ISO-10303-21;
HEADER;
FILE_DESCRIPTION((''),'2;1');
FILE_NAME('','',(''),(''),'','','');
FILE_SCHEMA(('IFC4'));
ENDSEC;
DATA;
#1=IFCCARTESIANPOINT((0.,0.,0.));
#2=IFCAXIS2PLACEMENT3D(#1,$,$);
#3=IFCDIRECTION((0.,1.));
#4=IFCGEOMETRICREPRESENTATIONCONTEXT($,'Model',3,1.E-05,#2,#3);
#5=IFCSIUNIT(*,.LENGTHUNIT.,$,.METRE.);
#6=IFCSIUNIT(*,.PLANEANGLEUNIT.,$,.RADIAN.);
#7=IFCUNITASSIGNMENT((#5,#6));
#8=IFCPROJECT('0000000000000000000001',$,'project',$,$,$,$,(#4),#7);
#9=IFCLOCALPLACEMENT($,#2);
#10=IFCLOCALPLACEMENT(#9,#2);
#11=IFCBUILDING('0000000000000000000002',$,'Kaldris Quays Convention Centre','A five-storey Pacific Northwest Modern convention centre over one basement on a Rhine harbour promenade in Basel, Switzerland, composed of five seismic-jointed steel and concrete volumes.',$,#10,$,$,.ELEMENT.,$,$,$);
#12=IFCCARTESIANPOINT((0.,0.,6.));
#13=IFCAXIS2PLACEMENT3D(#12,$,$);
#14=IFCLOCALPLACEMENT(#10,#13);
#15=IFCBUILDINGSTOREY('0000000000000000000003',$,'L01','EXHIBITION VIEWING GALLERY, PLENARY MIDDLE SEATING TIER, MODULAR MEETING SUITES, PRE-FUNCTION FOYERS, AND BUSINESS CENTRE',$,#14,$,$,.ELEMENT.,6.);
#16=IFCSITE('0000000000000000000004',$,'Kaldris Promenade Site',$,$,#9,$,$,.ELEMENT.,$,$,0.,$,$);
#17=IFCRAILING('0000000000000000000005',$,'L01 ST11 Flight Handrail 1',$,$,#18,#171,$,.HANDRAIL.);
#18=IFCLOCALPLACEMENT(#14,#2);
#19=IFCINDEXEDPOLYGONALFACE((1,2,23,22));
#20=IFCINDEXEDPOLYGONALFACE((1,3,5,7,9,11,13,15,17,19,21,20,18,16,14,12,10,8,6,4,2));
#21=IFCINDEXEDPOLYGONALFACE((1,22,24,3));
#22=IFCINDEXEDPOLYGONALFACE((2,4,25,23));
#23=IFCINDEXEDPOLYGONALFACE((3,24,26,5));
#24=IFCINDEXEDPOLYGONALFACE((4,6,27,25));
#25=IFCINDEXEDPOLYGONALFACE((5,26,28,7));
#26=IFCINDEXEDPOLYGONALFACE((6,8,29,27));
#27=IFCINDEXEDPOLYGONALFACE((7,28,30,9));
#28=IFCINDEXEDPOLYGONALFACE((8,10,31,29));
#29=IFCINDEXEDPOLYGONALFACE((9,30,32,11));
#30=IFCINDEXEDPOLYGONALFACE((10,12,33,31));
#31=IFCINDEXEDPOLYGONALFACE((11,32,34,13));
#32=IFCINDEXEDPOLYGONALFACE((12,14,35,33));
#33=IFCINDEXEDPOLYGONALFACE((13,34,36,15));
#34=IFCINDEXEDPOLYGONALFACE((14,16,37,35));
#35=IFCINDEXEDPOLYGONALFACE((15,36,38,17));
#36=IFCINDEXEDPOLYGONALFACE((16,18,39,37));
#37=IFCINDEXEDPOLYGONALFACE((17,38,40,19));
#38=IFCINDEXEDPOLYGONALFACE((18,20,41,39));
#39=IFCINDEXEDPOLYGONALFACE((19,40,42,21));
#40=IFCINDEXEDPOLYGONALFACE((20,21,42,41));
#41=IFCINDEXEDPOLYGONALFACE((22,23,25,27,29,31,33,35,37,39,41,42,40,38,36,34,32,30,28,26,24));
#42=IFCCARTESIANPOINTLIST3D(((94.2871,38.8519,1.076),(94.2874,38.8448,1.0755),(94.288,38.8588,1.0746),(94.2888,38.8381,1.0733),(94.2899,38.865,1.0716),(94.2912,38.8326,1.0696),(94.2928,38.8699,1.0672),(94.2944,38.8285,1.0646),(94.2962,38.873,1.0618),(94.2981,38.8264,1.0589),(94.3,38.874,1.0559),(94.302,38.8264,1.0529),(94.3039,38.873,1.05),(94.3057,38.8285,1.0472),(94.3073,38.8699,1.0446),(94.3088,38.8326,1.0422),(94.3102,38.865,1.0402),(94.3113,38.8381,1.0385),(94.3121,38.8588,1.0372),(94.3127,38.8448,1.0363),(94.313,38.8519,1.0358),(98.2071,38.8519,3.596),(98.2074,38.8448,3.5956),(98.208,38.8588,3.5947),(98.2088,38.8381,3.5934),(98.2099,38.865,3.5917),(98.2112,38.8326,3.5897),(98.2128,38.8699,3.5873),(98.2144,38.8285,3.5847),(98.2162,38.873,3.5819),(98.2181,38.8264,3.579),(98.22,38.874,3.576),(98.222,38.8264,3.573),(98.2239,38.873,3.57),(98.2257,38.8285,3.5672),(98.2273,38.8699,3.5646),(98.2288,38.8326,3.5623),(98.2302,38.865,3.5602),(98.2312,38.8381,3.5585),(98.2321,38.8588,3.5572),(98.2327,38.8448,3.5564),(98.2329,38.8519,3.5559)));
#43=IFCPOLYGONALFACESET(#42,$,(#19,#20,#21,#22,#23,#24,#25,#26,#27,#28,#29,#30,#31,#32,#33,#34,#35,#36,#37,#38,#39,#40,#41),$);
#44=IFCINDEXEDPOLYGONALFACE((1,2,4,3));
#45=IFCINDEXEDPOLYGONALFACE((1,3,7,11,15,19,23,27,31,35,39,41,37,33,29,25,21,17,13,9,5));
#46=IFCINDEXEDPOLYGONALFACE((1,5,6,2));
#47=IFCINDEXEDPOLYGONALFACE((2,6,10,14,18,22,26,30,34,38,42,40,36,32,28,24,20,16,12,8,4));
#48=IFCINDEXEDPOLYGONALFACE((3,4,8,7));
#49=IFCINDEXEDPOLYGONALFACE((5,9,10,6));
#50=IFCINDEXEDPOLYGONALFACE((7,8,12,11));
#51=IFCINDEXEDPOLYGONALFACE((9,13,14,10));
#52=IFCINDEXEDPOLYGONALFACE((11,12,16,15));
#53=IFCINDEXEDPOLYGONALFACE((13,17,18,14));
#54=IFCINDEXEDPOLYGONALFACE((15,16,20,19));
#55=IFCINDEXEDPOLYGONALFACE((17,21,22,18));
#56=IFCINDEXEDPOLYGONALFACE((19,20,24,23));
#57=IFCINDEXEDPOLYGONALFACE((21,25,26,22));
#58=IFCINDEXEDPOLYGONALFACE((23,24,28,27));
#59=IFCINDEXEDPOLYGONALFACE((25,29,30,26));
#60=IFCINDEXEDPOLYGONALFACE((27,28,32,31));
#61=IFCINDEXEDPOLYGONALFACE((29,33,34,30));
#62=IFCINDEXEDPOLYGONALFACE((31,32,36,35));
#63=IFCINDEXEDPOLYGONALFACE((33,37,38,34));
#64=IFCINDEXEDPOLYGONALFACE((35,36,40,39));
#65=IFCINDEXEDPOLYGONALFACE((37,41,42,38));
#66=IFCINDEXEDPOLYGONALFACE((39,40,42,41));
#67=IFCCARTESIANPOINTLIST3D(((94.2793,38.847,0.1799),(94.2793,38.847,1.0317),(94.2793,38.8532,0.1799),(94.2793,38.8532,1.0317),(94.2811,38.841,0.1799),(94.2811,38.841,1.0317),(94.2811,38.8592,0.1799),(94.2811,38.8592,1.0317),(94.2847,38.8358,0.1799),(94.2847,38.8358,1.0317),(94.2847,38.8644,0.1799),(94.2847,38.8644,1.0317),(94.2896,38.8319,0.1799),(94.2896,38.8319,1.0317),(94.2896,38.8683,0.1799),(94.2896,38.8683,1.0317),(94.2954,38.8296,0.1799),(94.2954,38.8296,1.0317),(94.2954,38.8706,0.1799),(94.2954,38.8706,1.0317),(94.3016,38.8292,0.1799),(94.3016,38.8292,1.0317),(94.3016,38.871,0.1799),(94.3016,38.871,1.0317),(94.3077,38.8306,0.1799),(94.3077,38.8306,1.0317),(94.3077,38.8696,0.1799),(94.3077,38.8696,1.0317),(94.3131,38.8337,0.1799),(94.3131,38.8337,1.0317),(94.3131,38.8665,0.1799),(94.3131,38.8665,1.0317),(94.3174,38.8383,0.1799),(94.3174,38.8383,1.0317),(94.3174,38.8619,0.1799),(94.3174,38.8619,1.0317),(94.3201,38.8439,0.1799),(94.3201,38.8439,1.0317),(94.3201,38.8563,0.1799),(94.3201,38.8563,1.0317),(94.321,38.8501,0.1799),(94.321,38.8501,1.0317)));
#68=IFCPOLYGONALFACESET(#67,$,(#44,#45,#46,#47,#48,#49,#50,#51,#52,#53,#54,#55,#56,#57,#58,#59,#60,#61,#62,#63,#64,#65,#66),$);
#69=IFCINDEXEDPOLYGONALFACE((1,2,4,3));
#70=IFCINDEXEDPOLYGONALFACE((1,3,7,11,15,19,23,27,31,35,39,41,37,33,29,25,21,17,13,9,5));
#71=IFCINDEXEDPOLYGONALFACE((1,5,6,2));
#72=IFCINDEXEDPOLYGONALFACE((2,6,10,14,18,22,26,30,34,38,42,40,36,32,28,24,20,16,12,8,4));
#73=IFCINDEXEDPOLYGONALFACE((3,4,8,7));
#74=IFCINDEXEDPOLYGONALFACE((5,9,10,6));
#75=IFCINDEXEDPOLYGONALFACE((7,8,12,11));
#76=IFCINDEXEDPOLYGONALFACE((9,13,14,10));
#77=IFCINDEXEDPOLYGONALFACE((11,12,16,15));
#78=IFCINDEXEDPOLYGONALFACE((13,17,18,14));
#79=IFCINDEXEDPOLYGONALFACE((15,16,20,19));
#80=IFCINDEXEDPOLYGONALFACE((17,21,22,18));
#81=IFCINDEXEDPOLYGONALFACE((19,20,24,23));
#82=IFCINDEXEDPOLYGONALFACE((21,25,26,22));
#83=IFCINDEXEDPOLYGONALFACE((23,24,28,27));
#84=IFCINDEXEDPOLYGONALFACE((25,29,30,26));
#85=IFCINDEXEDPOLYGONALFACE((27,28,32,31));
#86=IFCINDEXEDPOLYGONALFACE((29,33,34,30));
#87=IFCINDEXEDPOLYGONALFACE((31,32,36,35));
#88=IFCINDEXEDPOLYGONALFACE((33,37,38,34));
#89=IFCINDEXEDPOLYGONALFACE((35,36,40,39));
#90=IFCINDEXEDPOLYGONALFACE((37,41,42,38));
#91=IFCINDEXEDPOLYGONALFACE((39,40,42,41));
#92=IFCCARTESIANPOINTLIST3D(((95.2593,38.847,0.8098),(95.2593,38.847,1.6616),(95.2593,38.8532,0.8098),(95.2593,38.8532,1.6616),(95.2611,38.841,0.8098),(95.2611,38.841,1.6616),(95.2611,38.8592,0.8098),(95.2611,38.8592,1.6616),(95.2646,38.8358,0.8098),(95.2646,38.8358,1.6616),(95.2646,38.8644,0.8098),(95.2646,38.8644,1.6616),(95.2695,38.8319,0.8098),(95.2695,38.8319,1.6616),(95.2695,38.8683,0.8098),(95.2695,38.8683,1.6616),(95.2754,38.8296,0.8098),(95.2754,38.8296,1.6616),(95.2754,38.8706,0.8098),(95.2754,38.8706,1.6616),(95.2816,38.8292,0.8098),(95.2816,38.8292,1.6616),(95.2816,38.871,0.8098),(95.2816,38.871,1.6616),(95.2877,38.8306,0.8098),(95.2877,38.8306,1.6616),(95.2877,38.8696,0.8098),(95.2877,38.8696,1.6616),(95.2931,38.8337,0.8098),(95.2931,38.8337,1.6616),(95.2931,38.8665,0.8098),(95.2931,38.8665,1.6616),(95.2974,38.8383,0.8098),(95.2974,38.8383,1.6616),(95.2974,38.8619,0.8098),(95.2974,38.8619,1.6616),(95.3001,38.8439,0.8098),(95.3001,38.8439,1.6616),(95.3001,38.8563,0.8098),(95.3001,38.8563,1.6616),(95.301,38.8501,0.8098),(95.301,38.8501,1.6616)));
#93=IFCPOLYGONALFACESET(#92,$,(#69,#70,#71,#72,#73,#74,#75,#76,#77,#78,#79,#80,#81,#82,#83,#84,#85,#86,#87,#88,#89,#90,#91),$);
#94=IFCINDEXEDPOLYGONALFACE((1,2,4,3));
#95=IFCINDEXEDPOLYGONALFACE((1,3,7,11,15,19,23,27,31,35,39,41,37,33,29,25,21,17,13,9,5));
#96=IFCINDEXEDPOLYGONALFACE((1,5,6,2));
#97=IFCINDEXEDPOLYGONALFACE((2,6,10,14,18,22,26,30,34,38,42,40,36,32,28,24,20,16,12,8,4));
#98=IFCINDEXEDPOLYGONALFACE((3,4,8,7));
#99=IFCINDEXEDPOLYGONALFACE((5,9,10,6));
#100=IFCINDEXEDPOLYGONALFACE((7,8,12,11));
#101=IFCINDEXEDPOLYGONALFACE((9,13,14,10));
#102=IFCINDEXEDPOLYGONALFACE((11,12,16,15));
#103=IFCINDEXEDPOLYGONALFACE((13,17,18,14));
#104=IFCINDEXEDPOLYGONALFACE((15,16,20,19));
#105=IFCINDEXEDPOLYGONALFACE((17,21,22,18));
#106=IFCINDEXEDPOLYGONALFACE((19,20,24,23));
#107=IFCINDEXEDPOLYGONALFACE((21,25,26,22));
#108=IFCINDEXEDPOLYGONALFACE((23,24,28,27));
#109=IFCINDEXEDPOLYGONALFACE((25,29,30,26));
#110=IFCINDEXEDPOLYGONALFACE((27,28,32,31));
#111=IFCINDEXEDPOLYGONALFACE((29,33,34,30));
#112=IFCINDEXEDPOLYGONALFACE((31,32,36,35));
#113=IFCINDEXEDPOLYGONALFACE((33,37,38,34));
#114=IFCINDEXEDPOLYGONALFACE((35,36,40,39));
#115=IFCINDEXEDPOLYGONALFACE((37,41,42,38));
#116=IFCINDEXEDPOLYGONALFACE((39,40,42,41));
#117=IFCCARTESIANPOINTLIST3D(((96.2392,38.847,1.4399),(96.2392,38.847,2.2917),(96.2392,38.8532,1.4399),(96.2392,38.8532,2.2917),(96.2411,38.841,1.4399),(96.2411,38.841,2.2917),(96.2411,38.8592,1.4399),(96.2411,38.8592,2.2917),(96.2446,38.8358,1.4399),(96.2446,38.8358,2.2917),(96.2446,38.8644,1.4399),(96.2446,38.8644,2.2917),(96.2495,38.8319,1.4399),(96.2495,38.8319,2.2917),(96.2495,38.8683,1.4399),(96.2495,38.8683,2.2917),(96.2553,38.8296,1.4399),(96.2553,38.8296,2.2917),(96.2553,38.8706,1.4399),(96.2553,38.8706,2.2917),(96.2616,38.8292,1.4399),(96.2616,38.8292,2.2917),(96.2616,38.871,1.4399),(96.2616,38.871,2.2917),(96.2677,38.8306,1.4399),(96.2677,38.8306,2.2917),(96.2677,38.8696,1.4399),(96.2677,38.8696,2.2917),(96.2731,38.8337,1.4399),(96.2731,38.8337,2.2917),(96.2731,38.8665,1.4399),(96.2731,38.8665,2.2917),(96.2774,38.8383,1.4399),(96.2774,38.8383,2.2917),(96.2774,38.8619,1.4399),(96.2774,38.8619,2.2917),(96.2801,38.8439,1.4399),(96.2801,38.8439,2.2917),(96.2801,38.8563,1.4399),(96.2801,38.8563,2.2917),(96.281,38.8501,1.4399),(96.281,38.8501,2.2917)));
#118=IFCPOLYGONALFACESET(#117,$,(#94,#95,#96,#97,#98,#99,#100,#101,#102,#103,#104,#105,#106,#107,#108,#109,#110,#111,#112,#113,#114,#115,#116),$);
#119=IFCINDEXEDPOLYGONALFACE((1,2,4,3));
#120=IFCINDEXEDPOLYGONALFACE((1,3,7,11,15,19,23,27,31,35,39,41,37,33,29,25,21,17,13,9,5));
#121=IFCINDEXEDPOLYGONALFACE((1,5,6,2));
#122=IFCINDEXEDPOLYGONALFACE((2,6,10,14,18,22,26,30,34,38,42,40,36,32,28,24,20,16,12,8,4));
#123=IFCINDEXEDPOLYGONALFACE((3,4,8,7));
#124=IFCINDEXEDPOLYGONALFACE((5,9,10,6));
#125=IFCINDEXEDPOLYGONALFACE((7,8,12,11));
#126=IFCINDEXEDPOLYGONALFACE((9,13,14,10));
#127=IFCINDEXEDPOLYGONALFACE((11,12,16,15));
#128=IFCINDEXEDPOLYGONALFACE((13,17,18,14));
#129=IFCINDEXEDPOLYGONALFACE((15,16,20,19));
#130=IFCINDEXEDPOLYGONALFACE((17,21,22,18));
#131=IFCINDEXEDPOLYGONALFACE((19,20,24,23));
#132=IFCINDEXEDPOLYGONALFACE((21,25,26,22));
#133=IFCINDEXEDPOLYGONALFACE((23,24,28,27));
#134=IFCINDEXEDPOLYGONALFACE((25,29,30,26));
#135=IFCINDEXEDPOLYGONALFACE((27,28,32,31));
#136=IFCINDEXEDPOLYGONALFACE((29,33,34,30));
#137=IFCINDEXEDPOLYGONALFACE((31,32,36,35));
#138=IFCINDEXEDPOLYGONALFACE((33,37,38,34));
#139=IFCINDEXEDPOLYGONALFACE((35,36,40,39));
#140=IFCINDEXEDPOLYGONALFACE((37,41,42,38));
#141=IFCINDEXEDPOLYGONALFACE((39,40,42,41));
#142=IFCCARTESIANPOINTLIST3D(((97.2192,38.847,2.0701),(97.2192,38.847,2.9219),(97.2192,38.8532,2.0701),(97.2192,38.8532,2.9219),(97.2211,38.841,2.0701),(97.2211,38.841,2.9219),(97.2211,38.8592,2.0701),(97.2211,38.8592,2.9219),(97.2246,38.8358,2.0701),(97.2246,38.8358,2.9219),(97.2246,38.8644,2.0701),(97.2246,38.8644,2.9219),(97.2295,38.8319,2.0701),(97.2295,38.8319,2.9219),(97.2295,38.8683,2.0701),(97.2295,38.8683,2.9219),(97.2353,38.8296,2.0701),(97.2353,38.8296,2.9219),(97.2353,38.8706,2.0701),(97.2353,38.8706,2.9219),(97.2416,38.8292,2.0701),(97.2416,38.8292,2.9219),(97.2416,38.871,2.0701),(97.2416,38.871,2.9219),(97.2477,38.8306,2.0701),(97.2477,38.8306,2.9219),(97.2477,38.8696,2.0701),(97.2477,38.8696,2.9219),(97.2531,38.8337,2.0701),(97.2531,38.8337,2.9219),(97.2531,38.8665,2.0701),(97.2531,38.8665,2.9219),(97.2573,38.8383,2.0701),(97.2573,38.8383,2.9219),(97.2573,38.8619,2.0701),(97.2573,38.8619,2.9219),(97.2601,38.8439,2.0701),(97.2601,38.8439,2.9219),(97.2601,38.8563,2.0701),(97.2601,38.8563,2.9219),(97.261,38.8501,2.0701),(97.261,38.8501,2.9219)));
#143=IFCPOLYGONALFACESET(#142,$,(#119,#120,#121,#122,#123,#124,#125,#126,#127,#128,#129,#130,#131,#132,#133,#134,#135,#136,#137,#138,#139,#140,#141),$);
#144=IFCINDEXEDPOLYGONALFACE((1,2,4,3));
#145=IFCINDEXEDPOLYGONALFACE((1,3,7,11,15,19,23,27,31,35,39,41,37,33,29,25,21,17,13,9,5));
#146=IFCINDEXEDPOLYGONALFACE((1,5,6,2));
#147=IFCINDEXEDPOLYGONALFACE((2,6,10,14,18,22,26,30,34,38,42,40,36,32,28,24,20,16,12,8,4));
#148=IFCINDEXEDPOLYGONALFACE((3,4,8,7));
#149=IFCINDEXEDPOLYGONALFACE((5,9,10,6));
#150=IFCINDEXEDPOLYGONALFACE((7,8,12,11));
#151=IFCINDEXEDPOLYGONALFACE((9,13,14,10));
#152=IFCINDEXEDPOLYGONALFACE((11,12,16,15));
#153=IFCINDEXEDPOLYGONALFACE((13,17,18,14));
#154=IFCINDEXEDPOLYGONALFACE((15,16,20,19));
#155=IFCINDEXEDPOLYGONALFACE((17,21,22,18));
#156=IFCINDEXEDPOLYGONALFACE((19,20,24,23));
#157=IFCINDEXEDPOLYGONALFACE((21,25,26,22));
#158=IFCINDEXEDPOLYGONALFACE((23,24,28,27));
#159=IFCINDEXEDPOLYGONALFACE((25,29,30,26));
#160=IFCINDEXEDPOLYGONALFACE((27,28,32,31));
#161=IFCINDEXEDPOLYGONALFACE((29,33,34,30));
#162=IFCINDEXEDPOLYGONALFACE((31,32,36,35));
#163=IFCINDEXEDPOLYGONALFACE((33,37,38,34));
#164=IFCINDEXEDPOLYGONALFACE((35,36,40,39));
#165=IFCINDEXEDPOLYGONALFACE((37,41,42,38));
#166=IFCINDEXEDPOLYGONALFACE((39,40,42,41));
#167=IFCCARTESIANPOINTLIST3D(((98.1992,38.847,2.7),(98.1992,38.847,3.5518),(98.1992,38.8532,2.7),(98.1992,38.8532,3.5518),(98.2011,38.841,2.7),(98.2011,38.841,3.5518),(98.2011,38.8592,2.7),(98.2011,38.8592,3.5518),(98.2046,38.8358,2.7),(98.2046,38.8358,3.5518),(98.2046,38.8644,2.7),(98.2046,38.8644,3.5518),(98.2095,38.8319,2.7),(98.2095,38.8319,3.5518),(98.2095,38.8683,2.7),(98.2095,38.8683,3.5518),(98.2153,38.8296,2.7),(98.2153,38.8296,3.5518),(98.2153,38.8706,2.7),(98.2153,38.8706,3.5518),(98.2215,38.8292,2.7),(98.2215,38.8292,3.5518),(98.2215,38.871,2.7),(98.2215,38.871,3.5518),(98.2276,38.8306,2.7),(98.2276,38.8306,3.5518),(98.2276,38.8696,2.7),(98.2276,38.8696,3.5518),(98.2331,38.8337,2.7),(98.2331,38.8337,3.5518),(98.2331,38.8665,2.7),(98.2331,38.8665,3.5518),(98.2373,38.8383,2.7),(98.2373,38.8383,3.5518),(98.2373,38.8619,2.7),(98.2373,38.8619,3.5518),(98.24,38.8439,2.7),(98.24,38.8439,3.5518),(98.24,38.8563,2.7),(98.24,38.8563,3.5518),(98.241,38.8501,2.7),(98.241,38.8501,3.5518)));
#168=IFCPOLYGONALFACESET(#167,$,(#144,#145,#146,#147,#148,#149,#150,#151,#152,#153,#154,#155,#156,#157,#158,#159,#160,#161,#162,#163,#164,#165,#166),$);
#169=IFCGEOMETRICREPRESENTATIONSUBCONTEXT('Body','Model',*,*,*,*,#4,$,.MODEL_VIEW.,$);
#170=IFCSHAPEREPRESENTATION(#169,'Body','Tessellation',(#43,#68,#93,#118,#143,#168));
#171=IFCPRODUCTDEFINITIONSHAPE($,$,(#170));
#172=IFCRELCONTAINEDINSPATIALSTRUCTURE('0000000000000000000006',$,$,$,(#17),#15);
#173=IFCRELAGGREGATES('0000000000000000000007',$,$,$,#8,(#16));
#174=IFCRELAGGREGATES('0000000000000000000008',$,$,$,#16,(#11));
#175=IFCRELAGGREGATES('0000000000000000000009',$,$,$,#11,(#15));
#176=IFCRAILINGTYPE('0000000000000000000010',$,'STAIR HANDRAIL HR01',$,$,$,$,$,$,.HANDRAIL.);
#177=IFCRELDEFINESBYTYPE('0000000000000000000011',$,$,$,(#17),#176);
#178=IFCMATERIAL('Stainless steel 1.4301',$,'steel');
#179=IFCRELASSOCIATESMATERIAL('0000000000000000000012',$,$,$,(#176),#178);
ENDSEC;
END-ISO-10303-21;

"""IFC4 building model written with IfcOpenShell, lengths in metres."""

from ifc_helpers import new_model, si_unit, direction, frame, origin, origin_2d, place, context, subcontext, project, spatial, circle, extrude, material, type_object, element, save


model = new_model("IFC4")

# Units and contexts
model_context = context("Model", 3, precision=1e-05, world=origin(), true_north=direction((0.0, 1.0)))
body_context = subcontext(model_context, "Body", "Model", "MODEL_VIEW")
ifc_project = project(units=[si_unit("LENGTHUNIT", "METRE"), si_unit("PLANEANGLEUNIT", "RADIAN")], contexts=[model_context])

# Site, building, storey
site_placement = place(None, origin())
site = spatial("IfcSite", under=ifc_project, at=site_placement, Name="Kaldris Promenade Site", CompositionType="ELEMENT", RefElevation=0.0)
building_placement = place(site_placement, origin())
building = spatial("IfcBuilding", under=site, at=building_placement, Name="Kaldris Quays Convention Centre", Description="A five-storey Pacific Northwest Modern convention centre over one basement on a Rhine harbour promenade in Basel, Switzerland, composed of five seismic-jointed steel and concrete volumes.", CompositionType="ELEMENT")
storey_placement = place(building_placement, frame((0.0, 0.0, 6.0)))
storey = spatial("IfcBuildingStorey", under=building, at=storey_placement, Name="L01", Description="EXHIBITION VIEWING GALLERY, PLENARY MIDDLE SEATING TIER, MODULAR MEETING SUITES, PRE-FUNCTION FOYERS, AND BUSINESS CENTRE", CompositionType="ELEMENT", Elevation=6.0)

# Railing
ifc_material_1 = material(Name="Stainless steel 1.4301", Category="steel")
railing_type_1 = type_object("IfcRailingType", Name="STAIR HANDRAIL HR01", PredefinedType="HANDRAIL", material=ifc_material_1)
railing_1_placement = place(storey_placement, frame((94.3, 38.8501, 0.1799)))
element("IfcRailing", 1, at=railing_1_placement, inside=storey, type_object=railing_type_1, Name="L01 ST11 Flight Handrail 1", PredefinedType="HANDRAIL", context=body_context, shape_type="SweptSolid", body=[
    extrude(circle(Radius=0.0239, at=origin_2d()), frame((0.0, 0.0, 0.876), z_axis=(0.841172, 0.0, 0.540768), x_axis=(0.0, 1.0, 0.0)), (0.0, 0.0, 1.0), 4.6602),
    extrude(circle(Radius=0.021, at=origin_2d()), origin(), (0.0, 0.0, 1.0), 0.8518),
    extrude(circle(Radius=0.021, at=origin_2d()), frame((0.98, 0.0, 0.6299)), (0.0, 0.0, 1.0), 0.8518),
    extrude(circle(Radius=0.021, at=origin_2d()), frame((1.96, 0.0, 1.26)), (0.0, 0.0, 1.0), 0.8518),
    extrude(circle(Radius=0.021, at=origin_2d()), frame((2.9399, 0.0, 1.8901)), (0.0, 0.0, 1.0), 0.8518),
    extrude(circle(Radius=0.021, at=origin_2d()), frame((3.9199, 0.0, 2.52)), (0.0, 0.0, 1.0), 0.8518),
])

save(model, "model.ifc")
